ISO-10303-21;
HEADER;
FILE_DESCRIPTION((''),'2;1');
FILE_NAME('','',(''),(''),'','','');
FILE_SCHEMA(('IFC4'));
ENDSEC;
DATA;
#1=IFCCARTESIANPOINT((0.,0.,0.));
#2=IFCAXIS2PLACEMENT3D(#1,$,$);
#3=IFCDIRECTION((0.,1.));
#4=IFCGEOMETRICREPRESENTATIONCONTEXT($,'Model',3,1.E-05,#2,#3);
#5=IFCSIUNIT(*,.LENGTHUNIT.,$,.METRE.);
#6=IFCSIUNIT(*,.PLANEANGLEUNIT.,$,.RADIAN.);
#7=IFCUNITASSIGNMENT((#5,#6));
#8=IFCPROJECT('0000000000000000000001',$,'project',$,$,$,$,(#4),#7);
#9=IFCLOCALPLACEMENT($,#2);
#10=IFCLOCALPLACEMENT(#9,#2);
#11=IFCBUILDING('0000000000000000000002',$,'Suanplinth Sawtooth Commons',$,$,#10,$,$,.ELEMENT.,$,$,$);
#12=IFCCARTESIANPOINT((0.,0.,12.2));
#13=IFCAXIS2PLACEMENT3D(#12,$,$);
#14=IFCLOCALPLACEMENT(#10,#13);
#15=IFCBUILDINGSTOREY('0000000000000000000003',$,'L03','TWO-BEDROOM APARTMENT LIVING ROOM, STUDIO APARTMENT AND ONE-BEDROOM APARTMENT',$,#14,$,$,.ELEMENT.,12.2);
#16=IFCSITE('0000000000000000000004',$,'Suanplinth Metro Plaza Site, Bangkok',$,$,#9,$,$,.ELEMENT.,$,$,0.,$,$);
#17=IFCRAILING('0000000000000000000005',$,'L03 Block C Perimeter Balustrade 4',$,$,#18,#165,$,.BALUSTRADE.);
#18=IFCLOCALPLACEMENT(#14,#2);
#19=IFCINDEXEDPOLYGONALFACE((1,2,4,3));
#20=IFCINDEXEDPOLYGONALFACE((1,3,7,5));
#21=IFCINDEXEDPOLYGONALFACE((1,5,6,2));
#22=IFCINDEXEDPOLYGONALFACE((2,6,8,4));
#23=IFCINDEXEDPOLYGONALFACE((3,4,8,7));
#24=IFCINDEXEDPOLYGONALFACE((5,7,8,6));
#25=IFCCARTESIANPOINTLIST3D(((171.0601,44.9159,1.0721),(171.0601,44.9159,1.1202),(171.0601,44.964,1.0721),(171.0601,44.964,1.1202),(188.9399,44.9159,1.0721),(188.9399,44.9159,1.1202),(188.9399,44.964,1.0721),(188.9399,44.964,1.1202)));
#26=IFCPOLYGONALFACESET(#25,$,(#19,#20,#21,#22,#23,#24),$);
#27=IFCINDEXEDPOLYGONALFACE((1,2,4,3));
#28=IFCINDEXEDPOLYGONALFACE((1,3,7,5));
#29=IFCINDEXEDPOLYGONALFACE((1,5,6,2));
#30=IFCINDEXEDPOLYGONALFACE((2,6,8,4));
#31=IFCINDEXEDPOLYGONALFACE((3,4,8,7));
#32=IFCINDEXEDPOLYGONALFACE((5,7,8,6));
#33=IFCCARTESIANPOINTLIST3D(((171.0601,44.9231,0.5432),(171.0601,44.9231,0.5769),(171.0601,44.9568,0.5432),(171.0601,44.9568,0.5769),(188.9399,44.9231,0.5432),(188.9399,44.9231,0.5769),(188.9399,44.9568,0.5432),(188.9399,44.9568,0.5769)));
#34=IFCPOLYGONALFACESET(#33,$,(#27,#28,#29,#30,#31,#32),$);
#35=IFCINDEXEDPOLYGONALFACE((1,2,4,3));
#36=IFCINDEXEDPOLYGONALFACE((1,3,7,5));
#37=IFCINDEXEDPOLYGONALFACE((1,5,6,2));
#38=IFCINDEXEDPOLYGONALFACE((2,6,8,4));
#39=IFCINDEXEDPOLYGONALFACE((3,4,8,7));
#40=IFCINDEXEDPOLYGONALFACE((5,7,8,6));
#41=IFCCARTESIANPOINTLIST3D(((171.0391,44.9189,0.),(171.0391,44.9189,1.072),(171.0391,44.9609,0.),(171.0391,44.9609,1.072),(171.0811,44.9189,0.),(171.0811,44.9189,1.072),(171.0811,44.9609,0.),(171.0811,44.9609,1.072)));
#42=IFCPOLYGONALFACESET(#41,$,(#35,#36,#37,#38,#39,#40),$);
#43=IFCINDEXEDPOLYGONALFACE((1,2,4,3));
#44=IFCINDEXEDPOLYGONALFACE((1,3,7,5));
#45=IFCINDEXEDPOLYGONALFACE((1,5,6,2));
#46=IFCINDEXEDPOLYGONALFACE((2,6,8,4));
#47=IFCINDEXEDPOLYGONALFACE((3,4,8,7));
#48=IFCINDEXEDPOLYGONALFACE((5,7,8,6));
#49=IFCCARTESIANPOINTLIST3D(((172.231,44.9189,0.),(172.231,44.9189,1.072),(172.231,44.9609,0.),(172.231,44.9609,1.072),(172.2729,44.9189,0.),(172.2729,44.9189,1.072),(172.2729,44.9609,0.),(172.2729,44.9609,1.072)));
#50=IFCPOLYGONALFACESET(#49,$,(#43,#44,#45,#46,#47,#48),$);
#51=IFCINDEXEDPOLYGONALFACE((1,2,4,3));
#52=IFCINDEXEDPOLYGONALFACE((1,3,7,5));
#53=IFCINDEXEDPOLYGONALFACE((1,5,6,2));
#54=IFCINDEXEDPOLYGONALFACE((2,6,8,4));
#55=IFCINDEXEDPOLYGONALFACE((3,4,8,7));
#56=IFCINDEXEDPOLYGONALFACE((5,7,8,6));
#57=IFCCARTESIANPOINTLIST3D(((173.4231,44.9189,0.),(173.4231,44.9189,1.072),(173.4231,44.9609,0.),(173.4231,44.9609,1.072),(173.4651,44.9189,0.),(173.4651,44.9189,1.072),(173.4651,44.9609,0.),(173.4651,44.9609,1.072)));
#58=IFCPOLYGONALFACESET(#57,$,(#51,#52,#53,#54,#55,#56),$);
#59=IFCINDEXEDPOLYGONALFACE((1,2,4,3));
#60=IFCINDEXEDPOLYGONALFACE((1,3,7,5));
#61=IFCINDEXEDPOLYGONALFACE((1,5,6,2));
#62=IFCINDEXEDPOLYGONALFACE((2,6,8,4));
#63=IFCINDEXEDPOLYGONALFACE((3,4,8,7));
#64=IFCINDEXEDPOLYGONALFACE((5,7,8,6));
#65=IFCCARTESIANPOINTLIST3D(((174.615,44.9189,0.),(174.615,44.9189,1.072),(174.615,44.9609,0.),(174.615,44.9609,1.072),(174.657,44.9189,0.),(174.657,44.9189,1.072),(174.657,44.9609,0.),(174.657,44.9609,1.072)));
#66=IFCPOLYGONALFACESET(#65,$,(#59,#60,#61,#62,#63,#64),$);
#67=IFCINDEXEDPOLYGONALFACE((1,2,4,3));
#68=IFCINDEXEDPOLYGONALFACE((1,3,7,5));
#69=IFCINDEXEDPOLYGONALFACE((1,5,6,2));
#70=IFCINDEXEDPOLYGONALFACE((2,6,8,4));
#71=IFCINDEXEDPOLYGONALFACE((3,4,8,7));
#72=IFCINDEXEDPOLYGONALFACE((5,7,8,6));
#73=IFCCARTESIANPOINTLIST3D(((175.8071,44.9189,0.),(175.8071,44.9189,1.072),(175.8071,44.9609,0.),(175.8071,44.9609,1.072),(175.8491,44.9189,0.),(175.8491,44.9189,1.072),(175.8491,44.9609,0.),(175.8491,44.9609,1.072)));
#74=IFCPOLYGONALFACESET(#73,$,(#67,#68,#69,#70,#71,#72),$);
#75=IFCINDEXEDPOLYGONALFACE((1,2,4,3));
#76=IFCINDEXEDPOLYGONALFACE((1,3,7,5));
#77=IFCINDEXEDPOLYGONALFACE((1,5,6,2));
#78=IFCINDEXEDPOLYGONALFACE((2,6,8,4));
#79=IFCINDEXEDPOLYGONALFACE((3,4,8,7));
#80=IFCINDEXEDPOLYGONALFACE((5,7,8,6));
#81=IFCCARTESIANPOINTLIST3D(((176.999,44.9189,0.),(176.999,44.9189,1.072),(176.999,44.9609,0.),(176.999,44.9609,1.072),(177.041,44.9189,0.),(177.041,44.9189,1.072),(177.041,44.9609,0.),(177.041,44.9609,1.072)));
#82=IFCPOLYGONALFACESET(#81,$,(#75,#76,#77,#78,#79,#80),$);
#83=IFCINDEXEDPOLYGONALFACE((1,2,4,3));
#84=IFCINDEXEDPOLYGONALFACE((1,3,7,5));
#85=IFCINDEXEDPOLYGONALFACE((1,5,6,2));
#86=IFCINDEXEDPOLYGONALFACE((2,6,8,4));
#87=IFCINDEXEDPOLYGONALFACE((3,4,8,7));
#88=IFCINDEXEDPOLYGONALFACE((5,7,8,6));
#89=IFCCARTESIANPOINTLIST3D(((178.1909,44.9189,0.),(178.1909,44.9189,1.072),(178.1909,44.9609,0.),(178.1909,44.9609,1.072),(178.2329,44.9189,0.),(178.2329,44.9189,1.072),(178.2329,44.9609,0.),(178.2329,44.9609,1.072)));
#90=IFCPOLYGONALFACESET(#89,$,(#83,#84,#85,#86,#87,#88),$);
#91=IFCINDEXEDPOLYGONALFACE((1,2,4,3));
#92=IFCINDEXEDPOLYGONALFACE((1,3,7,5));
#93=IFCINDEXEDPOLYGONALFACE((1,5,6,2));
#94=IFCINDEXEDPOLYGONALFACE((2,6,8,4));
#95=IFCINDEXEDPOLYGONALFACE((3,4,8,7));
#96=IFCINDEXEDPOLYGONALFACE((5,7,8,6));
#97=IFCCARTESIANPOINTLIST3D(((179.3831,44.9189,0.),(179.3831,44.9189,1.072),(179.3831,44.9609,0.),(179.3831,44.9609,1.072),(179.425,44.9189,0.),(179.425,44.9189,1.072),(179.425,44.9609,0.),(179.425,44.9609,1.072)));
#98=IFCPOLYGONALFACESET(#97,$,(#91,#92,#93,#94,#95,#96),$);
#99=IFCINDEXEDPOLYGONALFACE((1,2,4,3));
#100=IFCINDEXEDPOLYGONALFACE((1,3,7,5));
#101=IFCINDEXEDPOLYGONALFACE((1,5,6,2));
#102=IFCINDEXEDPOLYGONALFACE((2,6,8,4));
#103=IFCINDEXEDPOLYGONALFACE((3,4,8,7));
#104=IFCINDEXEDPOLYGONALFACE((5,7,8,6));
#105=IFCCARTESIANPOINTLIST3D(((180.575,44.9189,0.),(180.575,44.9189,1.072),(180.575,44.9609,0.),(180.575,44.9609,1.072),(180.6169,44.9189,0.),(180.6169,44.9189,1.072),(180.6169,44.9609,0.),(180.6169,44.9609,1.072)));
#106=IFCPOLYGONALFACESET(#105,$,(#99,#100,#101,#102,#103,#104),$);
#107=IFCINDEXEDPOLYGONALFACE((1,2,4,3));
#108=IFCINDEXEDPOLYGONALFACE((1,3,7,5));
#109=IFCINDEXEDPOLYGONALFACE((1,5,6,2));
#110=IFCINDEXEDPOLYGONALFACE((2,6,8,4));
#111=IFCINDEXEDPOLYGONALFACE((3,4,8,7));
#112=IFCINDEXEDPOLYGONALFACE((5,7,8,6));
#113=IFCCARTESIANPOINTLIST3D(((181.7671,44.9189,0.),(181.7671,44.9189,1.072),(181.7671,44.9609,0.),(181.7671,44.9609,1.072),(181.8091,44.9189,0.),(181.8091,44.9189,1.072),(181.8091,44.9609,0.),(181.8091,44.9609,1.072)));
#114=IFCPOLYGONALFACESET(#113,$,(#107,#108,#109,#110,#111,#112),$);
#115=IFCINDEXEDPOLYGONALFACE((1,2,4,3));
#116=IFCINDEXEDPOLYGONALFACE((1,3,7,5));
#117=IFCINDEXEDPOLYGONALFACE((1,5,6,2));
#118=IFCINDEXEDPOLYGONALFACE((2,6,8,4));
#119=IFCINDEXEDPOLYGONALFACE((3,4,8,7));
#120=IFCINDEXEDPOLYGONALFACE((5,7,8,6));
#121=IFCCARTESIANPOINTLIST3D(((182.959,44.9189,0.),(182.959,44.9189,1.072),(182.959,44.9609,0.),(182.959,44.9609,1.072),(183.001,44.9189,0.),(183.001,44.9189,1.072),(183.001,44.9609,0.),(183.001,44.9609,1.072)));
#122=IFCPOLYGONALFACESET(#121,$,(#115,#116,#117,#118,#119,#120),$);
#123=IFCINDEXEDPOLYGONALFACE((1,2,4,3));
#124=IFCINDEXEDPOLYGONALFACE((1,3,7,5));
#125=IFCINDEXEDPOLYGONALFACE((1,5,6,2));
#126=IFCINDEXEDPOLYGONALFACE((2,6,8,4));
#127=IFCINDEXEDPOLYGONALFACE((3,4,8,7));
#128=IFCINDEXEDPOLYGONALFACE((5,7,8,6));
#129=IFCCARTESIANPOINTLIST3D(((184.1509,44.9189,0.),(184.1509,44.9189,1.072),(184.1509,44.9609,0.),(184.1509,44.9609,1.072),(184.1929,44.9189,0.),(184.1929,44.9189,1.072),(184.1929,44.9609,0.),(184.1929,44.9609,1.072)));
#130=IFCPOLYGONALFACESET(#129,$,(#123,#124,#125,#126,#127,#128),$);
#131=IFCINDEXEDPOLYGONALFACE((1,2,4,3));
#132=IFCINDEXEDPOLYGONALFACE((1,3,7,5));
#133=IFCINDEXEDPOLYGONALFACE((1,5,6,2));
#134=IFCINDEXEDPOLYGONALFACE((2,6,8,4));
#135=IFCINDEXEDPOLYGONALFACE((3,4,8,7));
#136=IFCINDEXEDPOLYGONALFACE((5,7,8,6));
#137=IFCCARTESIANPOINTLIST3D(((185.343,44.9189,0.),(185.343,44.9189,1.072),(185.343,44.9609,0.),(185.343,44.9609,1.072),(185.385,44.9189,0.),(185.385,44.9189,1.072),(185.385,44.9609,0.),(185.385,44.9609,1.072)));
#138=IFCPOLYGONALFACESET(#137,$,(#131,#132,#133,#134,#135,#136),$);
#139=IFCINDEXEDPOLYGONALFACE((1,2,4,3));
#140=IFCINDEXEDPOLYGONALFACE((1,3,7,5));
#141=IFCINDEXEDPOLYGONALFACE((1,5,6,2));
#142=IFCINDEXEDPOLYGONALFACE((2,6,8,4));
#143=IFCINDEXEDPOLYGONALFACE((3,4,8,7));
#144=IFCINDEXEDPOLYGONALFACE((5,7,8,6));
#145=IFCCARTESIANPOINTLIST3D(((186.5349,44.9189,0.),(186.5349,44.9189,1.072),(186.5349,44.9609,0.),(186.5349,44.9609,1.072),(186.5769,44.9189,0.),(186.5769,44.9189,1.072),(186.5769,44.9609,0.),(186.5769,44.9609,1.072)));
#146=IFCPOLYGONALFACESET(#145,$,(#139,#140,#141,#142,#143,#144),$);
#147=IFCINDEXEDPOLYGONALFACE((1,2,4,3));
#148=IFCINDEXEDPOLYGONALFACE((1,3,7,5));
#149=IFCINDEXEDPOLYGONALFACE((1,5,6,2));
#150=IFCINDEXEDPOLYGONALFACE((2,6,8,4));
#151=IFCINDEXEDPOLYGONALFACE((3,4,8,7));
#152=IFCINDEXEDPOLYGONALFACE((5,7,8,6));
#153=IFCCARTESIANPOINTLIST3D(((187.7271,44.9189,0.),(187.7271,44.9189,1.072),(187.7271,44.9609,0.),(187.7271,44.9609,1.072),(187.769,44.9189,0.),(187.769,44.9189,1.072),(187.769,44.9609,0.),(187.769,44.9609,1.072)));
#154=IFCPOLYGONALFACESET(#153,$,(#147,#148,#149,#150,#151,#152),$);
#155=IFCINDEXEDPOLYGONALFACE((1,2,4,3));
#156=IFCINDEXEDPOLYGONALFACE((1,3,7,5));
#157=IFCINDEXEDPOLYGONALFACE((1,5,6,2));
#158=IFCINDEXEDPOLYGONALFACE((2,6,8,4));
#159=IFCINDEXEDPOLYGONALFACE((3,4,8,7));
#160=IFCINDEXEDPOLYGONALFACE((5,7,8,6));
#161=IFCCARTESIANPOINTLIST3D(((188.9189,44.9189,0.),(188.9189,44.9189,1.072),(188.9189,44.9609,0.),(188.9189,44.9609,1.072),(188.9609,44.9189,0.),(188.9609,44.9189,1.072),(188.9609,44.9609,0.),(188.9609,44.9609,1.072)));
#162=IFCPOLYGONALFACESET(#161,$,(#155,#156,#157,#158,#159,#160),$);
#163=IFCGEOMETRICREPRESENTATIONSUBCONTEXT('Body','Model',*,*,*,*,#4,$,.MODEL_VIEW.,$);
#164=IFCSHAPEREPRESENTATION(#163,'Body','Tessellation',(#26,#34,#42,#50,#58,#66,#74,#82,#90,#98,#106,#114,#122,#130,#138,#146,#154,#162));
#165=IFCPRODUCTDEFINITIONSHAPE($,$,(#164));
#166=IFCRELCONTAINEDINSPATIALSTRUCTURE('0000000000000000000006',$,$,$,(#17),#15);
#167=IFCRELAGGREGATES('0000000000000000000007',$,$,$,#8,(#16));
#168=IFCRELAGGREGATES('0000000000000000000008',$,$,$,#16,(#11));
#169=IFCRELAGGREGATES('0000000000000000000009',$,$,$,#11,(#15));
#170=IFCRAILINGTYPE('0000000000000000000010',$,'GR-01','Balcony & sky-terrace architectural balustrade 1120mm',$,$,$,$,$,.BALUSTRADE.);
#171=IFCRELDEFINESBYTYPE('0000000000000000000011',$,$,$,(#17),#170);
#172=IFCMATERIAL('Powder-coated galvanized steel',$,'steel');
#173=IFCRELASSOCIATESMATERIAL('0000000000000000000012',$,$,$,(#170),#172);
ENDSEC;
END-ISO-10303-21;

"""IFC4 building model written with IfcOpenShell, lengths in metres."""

from ifc_helpers import new_model, si_unit, direction, frame, origin, origin_2d, place, context, subcontext, project, spatial, rectangle, extrude, material, type_object, element, save


model = new_model("IFC4")

# Units and contexts
model_context = context("Model", 3, precision=1e-05, world=origin(), true_north=direction((0.0, 1.0)))
body_context = subcontext(model_context, "Body", "Model", "MODEL_VIEW")
ifc_project = project(units=[si_unit("LENGTHUNIT", "METRE"), si_unit("PLANEANGLEUNIT", "RADIAN")], contexts=[model_context])

# Site, building, storey
site_placement = place(None, origin())
site = spatial("IfcSite", under=ifc_project, at=site_placement, Name="Suanplinth Metro Plaza Site, Bangkok", CompositionType="ELEMENT", RefElevation=0.0)
building_placement = place(site_placement, origin())
building = spatial("IfcBuilding", under=site, at=building_placement, Name="Suanplinth Sawtooth Commons", CompositionType="ELEMENT")
storey_placement = place(building_placement, frame((0.0, 0.0, 12.2)))
storey = spatial("IfcBuildingStorey", under=building, at=storey_placement, Name="L03", Description="TWO-BEDROOM APARTMENT LIVING ROOM, STUDIO APARTMENT AND ONE-BEDROOM APARTMENT", CompositionType="ELEMENT", Elevation=12.2)

# Railing
ifc_material_1 = material(Name="Powder-coated galvanized steel", Category="steel")
railing_type = type_object("IfcRailingType", Name="GR-01", Description="Balcony & sky-terrace architectural balustrade 1120mm", PredefinedType="BALUSTRADE", material=ifc_material_1)
railing_1_placement = place(storey_placement, frame((171.0601, 44.9399, 0.0)))
element("IfcRailing", 1, at=railing_1_placement, inside=storey, type_object=railing_type, Name="L03 Block C Perimeter Balustrade 4", PredefinedType="BALUSTRADE", context=body_context, shape_type="SweptSolid", body=[
    extrude(rectangle(XDim=0.0481, YDim=0.0481, at=origin_2d()), frame((0.0, 0.0, 1.0962), z_axis=(1.0, 0.0, 0.0), x_axis=(0.0, 1.0, 0.0)), (0.0, 0.0, 1.0), 17.8799),
    extrude(rectangle(XDim=0.0337, YDim=0.0337, at=origin_2d()), frame((0.0, 0.0, 0.5601), z_axis=(1.0, 0.0, 0.0), x_axis=(0.0, 1.0, 0.0)), (0.0, 0.0, 1.0), 17.8799),
    extrude(rectangle(XDim=0.042, YDim=0.042, at=origin_2d()), origin(), (0.0, 0.0, 1.0), 1.072),
    extrude(rectangle(XDim=0.042, YDim=0.042, at=origin_2d()), frame((1.1919, 0.0, 0.0)), (0.0, 0.0, 1.0), 1.072),
    extrude(rectangle(XDim=0.042, YDim=0.042, at=origin_2d()), frame((2.384, 0.0, 0.0)), (0.0, 0.0, 1.0), 1.072),
    extrude(rectangle(XDim=0.042, YDim=0.042, at=origin_2d()), frame((3.5759, 0.0, 0.0)), (0.0, 0.0, 1.0), 1.072),
    extrude(rectangle(XDim=0.042, YDim=0.042, at=origin_2d()), frame((4.7681, 0.0, 0.0)), (0.0, 0.0, 1.0), 1.072),
    extrude(rectangle(XDim=0.042, YDim=0.042, at=origin_2d()), frame((5.96, 0.0, 0.0)), (0.0, 0.0, 1.0), 1.072),
    extrude(rectangle(XDim=0.042, YDim=0.042, at=origin_2d()), frame((7.1519, 0.0, 0.0)), (0.0, 0.0, 1.0), 1.072),
    extrude(rectangle(XDim=0.042, YDim=0.042, at=origin_2d()), frame((8.344, 0.0, 0.0)), (0.0, 0.0, 1.0), 1.072),
    extrude(rectangle(XDim=0.042, YDim=0.042, at=origin_2d()), frame((9.5359, 0.0, 0.0)), (0.0, 0.0, 1.0), 1.072),
    extrude(rectangle(XDim=0.042, YDim=0.042, at=origin_2d()), frame((10.728, 0.0, 0.0)), (0.0, 0.0, 1.0), 1.072),
    extrude(rectangle(XDim=0.042, YDim=0.042, at=origin_2d()), frame((11.9199, 0.0, 0.0)), (0.0, 0.0, 1.0), 1.072),
    extrude(rectangle(XDim=0.042, YDim=0.042, at=origin_2d()), frame((13.1118, 0.0, 0.0)), (0.0, 0.0, 1.0), 1.072),
    extrude(rectangle(XDim=0.042, YDim=0.042, at=origin_2d()), frame((14.304, 0.0, 0.0)), (0.0, 0.0, 1.0), 1.072),
    extrude(rectangle(XDim=0.042, YDim=0.042, at=origin_2d()), frame((15.4958, 0.0, 0.0)), (0.0, 0.0, 1.0), 1.072),
    extrude(rectangle(XDim=0.042, YDim=0.042, at=origin_2d()), frame((16.688, 0.0, 0.0)), (0.0, 0.0, 1.0), 1.072),
    extrude(rectangle(XDim=0.042, YDim=0.042, at=origin_2d()), frame((17.8799, 0.0, 0.0)), (0.0, 0.0, 1.0), 1.072),
])

save(model, "model.ifc")
